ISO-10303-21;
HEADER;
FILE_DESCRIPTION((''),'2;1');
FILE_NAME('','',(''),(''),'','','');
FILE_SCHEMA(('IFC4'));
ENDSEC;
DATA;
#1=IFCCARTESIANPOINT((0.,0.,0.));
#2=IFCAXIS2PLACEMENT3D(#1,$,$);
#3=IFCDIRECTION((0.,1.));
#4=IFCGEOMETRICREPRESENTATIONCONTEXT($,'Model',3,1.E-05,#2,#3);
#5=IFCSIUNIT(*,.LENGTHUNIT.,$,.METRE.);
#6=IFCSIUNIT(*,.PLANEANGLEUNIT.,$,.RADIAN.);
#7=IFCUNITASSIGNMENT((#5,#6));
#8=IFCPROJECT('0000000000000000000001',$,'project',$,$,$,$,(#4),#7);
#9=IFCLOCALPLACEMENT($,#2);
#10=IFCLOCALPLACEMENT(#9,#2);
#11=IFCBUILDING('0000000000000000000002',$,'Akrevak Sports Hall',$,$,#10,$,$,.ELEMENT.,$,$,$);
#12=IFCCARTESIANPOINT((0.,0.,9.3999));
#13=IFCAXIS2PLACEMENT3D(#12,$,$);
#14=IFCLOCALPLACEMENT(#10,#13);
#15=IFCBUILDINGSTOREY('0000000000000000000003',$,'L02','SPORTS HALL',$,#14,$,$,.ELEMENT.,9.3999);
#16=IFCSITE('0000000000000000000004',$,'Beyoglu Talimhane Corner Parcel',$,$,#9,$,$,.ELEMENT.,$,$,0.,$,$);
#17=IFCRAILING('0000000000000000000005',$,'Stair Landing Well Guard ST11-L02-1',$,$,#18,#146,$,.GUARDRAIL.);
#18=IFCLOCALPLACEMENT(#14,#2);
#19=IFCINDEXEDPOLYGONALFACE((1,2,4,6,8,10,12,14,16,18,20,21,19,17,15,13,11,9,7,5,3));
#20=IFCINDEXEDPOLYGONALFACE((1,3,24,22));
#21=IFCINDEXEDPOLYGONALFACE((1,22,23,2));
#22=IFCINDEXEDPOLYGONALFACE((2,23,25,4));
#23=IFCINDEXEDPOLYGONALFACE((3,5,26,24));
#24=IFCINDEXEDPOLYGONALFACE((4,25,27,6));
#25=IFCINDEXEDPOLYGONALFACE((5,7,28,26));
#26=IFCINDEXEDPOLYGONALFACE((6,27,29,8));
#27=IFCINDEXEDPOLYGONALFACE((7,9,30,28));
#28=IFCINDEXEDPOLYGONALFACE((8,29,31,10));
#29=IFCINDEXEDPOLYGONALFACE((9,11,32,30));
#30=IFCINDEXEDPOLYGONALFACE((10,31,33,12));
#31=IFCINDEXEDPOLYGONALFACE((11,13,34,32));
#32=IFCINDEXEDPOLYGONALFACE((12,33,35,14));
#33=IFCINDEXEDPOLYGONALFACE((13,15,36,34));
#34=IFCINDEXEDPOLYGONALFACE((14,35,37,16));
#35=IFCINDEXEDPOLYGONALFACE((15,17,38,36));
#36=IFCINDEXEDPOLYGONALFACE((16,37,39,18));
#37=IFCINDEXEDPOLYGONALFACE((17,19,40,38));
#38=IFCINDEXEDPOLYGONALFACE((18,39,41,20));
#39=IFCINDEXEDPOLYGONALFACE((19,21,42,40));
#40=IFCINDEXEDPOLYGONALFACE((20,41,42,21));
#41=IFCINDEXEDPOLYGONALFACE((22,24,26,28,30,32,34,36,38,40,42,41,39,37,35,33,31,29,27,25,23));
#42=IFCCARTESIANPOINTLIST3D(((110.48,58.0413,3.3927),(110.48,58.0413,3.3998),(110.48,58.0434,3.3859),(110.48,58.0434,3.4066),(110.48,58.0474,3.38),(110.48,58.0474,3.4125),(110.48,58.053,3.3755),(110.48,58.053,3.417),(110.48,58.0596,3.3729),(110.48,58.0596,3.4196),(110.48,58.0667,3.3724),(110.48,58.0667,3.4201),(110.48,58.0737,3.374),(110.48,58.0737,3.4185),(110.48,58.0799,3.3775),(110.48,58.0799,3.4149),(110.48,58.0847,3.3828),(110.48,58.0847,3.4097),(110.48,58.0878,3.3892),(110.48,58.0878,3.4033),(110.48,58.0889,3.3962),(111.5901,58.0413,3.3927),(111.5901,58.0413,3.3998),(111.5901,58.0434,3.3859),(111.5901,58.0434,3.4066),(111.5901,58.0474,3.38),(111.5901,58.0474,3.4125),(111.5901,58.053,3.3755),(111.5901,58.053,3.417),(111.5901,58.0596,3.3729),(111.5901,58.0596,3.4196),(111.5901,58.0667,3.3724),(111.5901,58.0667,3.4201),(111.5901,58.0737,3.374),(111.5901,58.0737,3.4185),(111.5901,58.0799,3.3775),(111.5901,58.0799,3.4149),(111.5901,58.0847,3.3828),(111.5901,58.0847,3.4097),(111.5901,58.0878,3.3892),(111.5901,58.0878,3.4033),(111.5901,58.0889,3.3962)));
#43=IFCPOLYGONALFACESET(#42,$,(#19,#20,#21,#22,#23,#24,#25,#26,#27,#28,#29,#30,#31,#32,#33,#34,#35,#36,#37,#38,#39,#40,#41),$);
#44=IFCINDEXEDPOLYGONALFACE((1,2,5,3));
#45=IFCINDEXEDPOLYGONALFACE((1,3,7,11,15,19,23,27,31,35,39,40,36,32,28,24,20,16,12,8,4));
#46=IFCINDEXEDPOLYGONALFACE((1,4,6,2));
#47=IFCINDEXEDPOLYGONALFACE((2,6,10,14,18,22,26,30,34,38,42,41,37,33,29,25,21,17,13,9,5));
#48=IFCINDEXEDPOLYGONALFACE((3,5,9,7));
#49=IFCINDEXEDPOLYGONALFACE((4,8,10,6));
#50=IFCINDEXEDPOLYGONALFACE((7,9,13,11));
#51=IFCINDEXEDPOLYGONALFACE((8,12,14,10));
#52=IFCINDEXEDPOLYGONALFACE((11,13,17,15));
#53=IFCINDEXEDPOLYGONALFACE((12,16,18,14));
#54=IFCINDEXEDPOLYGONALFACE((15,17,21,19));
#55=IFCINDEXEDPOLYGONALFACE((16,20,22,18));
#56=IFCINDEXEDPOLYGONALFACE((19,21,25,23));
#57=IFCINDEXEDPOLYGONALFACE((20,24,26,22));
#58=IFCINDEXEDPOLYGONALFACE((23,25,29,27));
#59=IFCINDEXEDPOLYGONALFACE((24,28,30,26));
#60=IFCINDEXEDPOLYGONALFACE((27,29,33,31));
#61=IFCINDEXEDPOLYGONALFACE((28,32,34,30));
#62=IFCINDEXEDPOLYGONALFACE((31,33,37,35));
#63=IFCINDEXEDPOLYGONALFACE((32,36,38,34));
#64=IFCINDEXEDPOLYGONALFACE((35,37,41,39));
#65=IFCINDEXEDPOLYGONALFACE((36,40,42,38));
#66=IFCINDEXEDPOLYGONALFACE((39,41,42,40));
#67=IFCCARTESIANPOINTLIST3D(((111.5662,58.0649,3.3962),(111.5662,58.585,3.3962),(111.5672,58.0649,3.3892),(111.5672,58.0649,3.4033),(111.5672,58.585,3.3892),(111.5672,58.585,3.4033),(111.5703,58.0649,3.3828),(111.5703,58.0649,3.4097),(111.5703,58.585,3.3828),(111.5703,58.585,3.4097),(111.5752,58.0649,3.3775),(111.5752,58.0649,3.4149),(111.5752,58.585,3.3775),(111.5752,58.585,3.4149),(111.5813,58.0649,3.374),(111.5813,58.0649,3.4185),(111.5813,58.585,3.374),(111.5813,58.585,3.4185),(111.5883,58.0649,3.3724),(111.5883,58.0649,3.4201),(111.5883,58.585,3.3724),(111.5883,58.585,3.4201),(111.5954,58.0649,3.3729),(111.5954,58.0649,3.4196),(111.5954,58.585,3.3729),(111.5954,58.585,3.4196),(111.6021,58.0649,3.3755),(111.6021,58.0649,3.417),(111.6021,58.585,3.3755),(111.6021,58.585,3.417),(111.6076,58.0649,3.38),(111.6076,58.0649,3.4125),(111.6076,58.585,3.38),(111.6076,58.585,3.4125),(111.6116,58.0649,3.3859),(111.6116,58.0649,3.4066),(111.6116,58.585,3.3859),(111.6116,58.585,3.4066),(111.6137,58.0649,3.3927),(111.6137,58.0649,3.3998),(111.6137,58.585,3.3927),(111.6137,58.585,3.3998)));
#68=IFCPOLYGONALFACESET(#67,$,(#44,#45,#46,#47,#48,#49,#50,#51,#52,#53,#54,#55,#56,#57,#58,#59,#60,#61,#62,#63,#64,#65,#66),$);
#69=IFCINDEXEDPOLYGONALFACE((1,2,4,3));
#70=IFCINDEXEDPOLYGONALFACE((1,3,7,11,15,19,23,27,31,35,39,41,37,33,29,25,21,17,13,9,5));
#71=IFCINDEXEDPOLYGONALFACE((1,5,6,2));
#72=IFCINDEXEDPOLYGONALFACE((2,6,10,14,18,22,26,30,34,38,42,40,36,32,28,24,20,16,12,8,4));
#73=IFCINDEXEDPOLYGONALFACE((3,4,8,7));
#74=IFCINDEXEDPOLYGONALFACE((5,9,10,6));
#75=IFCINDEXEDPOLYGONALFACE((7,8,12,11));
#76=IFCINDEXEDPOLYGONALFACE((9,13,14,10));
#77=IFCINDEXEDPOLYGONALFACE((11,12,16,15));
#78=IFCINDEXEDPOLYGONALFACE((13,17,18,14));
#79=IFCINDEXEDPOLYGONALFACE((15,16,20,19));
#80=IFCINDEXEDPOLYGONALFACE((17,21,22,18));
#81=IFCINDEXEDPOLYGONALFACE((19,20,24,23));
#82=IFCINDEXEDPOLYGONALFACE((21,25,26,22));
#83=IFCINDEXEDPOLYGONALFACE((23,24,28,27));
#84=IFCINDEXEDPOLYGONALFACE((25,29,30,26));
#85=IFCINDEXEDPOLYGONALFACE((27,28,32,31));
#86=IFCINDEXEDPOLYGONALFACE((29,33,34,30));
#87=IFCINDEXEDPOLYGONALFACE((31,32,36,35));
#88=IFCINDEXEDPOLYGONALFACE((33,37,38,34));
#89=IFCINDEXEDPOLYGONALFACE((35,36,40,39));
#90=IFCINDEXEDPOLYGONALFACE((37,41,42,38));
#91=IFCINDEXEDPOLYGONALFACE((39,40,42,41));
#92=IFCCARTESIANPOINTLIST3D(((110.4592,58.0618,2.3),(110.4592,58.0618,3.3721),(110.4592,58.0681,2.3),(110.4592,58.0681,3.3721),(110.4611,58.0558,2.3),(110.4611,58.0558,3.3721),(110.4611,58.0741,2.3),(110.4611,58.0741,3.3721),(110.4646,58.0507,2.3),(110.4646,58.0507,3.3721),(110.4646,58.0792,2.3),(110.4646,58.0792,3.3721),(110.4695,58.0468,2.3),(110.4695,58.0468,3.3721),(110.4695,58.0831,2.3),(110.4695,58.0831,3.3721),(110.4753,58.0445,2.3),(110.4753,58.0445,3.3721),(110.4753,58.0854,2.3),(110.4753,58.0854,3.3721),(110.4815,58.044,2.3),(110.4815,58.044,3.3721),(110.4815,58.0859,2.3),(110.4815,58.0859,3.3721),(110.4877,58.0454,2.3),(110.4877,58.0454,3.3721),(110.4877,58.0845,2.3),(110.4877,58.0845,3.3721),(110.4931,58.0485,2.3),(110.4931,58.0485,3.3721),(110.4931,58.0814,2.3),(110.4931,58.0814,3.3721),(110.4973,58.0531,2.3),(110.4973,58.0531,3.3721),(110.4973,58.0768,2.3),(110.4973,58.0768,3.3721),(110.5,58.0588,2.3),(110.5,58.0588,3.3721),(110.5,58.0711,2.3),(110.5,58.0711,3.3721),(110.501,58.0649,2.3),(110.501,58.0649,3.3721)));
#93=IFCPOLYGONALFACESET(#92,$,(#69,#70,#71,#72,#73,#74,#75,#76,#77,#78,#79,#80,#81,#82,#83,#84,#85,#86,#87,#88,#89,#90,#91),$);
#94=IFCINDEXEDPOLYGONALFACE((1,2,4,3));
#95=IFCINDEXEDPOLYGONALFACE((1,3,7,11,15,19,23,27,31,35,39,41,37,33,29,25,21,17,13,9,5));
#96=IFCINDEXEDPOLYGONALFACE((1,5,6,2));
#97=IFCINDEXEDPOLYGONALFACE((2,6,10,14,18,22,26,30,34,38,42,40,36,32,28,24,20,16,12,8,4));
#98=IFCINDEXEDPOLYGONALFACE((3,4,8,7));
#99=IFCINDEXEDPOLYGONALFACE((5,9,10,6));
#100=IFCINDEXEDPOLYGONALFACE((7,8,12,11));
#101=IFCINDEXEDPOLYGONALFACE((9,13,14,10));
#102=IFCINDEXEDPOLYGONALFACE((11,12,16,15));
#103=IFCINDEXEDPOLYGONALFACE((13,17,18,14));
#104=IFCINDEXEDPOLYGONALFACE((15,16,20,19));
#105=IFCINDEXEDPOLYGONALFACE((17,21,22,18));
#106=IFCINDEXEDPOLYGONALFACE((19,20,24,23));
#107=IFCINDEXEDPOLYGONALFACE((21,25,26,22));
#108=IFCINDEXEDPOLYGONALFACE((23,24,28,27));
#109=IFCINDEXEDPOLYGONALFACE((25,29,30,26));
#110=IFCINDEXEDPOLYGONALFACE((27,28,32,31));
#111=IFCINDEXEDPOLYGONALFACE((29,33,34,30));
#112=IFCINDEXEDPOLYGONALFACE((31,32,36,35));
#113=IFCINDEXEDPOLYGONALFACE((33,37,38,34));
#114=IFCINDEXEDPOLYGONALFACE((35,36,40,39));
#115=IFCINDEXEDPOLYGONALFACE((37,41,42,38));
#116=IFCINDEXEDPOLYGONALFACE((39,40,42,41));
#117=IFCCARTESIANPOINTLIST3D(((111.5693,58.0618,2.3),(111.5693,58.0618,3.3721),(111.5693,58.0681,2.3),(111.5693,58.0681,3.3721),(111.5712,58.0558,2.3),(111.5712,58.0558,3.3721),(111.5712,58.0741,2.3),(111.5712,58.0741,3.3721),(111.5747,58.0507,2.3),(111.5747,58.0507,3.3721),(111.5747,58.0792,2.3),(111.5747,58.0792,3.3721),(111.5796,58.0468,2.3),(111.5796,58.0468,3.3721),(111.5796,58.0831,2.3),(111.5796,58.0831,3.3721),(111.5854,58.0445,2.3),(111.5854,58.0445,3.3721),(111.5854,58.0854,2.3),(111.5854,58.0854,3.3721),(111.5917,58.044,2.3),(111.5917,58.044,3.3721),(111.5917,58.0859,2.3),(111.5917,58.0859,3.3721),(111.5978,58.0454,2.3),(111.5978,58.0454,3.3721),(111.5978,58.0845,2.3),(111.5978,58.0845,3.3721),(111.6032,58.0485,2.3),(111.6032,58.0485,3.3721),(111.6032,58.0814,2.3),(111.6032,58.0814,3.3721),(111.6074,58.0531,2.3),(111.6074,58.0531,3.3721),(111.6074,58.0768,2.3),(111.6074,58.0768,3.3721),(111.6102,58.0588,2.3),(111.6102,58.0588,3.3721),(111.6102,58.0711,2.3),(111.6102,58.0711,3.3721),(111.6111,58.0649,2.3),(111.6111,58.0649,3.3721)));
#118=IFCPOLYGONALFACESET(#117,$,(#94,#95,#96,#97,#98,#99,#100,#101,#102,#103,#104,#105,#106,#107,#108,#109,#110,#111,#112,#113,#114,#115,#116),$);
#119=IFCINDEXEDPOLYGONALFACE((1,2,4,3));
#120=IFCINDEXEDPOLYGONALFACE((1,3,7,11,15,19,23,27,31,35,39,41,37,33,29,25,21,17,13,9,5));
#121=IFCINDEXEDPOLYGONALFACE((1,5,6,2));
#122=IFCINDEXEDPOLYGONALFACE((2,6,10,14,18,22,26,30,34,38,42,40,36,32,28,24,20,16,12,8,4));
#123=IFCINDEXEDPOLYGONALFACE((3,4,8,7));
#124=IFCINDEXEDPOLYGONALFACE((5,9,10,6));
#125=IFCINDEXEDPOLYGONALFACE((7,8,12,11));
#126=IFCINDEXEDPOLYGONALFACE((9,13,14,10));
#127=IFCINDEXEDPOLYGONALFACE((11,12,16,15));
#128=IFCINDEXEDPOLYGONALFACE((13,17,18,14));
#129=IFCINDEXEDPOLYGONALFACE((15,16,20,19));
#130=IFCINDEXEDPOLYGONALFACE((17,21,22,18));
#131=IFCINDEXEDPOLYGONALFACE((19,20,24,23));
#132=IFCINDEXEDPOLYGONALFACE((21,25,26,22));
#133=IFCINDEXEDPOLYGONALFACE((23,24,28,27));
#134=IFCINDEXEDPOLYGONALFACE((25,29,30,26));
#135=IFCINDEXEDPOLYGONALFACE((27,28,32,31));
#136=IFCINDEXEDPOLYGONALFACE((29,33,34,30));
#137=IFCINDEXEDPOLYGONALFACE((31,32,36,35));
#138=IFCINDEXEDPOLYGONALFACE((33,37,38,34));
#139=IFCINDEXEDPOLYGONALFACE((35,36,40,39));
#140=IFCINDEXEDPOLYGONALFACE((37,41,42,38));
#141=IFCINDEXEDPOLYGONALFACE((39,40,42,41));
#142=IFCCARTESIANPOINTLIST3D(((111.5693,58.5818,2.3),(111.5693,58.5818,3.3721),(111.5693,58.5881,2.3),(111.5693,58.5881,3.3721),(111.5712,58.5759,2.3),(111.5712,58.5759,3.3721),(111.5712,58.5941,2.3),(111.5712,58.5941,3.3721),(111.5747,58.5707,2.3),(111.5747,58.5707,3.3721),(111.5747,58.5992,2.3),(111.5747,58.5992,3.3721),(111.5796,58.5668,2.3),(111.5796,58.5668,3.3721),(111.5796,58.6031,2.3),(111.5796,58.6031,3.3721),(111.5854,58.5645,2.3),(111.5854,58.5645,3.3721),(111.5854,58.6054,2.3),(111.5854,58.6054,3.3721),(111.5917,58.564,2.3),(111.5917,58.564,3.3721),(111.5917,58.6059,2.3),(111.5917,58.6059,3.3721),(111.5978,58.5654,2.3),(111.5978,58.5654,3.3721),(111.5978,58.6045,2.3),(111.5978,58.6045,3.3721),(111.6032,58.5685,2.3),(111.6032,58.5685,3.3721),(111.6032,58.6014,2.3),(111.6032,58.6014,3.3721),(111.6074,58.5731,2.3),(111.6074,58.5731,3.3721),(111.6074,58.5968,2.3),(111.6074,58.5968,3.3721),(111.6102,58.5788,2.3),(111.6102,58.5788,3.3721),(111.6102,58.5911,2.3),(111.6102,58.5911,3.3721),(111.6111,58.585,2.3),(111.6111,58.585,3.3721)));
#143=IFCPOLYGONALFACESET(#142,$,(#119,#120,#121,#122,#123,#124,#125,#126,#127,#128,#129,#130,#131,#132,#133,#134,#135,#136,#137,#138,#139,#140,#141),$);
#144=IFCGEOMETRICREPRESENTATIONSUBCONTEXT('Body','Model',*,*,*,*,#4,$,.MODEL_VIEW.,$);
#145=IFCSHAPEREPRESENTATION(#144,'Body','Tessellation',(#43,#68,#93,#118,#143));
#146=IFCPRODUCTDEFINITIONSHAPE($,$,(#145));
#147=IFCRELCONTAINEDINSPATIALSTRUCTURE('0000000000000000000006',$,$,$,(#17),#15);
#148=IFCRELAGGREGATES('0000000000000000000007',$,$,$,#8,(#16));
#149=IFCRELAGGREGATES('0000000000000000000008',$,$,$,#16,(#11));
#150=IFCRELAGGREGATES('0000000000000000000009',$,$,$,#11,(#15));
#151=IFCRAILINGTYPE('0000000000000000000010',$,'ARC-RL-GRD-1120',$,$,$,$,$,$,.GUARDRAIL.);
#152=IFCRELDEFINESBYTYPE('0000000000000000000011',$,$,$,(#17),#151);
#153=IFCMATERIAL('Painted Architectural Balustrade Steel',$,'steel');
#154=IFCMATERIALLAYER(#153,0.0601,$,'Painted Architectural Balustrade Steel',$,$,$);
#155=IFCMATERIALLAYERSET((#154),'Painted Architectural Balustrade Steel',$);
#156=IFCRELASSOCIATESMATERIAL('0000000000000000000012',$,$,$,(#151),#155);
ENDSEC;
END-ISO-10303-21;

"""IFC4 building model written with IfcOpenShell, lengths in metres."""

from ifc_helpers import new_model, si_unit, direction, frame, origin, origin_2d, place, context, subcontext, project, spatial, circle, extrude, material, layer, layer_set, type_object, element, save


model = new_model("IFC4")

# Units and contexts
model_context = context("Model", 3, precision=1e-05, world=origin(), true_north=direction((0.0, 1.0)))
body_context = subcontext(model_context, "Body", "Model", "MODEL_VIEW")
ifc_project = project(units=[si_unit("LENGTHUNIT", "METRE"), si_unit("PLANEANGLEUNIT", "RADIAN")], contexts=[model_context])

# Site, building, storey
site_placement = place(None, origin())
site = spatial("IfcSite", under=ifc_project, at=site_placement, Name="Beyoglu Talimhane Corner Parcel", CompositionType="ELEMENT", RefElevation=0.0)
building_placement = place(site_placement, origin())
building = spatial("IfcBuilding", under=site, at=building_placement, Name="Akrevak Sports Hall", CompositionType="ELEMENT")
storey_placement = place(building_placement, frame((0.0, 0.0, 9.3999)))
storey = spatial("IfcBuildingStorey", under=building, at=storey_placement, Name="L02", Description="SPORTS HALL", CompositionType="ELEMENT", Elevation=9.3999)

# Railing
ifc_material_1 = material(Name="Painted Architectural Balustrade Steel", Category="steel")
ifc_layer_1 = layer(ifc_material_1, 0.0601, Name="Painted Architectural Balustrade Steel")
ifc_layer_set_1 = layer_set([ifc_layer_1], Name="Painted Architectural Balustrade Steel")
railing_type_1 = type_object("IfcRailingType", Name="ARC-RL-GRD-1120", PredefinedType="GUARDRAIL", material=ifc_layer_set_1)
railing_1_placement = place(storey_placement, frame((110.48, 58.0649, 2.3)))
element("IfcRailing", 1, at=railing_1_placement, inside=storey, type_object=railing_type_1, Name="Stair Landing Well Guard ST11-L02-1", PredefinedType="GUARDRAIL", context=body_context, shape_type="SweptSolid", body=[
    extrude(circle(Radius=0.0239, at=origin_2d()), frame((0.0, 0.0, 1.0962), z_axis=(1.0, 0.0, 0.0), x_axis=(0.0, 1.0, 0.0)), (0.0, 0.0, 1.0), 1.1101),
    extrude(circle(Radius=0.0239, at=origin_2d()), frame((1.1101, 0.0, 1.0962), z_axis=(0.0, 1.0, 0.0), x_axis=(-1.0, 0.0, 0.0)), (0.0, 0.0, 1.0), 0.52),
    extrude(circle(Radius=0.021, at=origin_2d()), origin(), (0.0, 0.0, 1.0), 1.072),
    extrude(circle(Radius=0.021, at=origin_2d()), frame((1.1101, 0.0, 0.0)), (0.0, 0.0, 1.0), 1.072),
    extrude(circle(Radius=0.021, at=origin_2d()), frame((1.1101, 0.52, 0.0)), (0.0, 0.0, 1.0), 1.072),
])

save(model, "model.ifc")
